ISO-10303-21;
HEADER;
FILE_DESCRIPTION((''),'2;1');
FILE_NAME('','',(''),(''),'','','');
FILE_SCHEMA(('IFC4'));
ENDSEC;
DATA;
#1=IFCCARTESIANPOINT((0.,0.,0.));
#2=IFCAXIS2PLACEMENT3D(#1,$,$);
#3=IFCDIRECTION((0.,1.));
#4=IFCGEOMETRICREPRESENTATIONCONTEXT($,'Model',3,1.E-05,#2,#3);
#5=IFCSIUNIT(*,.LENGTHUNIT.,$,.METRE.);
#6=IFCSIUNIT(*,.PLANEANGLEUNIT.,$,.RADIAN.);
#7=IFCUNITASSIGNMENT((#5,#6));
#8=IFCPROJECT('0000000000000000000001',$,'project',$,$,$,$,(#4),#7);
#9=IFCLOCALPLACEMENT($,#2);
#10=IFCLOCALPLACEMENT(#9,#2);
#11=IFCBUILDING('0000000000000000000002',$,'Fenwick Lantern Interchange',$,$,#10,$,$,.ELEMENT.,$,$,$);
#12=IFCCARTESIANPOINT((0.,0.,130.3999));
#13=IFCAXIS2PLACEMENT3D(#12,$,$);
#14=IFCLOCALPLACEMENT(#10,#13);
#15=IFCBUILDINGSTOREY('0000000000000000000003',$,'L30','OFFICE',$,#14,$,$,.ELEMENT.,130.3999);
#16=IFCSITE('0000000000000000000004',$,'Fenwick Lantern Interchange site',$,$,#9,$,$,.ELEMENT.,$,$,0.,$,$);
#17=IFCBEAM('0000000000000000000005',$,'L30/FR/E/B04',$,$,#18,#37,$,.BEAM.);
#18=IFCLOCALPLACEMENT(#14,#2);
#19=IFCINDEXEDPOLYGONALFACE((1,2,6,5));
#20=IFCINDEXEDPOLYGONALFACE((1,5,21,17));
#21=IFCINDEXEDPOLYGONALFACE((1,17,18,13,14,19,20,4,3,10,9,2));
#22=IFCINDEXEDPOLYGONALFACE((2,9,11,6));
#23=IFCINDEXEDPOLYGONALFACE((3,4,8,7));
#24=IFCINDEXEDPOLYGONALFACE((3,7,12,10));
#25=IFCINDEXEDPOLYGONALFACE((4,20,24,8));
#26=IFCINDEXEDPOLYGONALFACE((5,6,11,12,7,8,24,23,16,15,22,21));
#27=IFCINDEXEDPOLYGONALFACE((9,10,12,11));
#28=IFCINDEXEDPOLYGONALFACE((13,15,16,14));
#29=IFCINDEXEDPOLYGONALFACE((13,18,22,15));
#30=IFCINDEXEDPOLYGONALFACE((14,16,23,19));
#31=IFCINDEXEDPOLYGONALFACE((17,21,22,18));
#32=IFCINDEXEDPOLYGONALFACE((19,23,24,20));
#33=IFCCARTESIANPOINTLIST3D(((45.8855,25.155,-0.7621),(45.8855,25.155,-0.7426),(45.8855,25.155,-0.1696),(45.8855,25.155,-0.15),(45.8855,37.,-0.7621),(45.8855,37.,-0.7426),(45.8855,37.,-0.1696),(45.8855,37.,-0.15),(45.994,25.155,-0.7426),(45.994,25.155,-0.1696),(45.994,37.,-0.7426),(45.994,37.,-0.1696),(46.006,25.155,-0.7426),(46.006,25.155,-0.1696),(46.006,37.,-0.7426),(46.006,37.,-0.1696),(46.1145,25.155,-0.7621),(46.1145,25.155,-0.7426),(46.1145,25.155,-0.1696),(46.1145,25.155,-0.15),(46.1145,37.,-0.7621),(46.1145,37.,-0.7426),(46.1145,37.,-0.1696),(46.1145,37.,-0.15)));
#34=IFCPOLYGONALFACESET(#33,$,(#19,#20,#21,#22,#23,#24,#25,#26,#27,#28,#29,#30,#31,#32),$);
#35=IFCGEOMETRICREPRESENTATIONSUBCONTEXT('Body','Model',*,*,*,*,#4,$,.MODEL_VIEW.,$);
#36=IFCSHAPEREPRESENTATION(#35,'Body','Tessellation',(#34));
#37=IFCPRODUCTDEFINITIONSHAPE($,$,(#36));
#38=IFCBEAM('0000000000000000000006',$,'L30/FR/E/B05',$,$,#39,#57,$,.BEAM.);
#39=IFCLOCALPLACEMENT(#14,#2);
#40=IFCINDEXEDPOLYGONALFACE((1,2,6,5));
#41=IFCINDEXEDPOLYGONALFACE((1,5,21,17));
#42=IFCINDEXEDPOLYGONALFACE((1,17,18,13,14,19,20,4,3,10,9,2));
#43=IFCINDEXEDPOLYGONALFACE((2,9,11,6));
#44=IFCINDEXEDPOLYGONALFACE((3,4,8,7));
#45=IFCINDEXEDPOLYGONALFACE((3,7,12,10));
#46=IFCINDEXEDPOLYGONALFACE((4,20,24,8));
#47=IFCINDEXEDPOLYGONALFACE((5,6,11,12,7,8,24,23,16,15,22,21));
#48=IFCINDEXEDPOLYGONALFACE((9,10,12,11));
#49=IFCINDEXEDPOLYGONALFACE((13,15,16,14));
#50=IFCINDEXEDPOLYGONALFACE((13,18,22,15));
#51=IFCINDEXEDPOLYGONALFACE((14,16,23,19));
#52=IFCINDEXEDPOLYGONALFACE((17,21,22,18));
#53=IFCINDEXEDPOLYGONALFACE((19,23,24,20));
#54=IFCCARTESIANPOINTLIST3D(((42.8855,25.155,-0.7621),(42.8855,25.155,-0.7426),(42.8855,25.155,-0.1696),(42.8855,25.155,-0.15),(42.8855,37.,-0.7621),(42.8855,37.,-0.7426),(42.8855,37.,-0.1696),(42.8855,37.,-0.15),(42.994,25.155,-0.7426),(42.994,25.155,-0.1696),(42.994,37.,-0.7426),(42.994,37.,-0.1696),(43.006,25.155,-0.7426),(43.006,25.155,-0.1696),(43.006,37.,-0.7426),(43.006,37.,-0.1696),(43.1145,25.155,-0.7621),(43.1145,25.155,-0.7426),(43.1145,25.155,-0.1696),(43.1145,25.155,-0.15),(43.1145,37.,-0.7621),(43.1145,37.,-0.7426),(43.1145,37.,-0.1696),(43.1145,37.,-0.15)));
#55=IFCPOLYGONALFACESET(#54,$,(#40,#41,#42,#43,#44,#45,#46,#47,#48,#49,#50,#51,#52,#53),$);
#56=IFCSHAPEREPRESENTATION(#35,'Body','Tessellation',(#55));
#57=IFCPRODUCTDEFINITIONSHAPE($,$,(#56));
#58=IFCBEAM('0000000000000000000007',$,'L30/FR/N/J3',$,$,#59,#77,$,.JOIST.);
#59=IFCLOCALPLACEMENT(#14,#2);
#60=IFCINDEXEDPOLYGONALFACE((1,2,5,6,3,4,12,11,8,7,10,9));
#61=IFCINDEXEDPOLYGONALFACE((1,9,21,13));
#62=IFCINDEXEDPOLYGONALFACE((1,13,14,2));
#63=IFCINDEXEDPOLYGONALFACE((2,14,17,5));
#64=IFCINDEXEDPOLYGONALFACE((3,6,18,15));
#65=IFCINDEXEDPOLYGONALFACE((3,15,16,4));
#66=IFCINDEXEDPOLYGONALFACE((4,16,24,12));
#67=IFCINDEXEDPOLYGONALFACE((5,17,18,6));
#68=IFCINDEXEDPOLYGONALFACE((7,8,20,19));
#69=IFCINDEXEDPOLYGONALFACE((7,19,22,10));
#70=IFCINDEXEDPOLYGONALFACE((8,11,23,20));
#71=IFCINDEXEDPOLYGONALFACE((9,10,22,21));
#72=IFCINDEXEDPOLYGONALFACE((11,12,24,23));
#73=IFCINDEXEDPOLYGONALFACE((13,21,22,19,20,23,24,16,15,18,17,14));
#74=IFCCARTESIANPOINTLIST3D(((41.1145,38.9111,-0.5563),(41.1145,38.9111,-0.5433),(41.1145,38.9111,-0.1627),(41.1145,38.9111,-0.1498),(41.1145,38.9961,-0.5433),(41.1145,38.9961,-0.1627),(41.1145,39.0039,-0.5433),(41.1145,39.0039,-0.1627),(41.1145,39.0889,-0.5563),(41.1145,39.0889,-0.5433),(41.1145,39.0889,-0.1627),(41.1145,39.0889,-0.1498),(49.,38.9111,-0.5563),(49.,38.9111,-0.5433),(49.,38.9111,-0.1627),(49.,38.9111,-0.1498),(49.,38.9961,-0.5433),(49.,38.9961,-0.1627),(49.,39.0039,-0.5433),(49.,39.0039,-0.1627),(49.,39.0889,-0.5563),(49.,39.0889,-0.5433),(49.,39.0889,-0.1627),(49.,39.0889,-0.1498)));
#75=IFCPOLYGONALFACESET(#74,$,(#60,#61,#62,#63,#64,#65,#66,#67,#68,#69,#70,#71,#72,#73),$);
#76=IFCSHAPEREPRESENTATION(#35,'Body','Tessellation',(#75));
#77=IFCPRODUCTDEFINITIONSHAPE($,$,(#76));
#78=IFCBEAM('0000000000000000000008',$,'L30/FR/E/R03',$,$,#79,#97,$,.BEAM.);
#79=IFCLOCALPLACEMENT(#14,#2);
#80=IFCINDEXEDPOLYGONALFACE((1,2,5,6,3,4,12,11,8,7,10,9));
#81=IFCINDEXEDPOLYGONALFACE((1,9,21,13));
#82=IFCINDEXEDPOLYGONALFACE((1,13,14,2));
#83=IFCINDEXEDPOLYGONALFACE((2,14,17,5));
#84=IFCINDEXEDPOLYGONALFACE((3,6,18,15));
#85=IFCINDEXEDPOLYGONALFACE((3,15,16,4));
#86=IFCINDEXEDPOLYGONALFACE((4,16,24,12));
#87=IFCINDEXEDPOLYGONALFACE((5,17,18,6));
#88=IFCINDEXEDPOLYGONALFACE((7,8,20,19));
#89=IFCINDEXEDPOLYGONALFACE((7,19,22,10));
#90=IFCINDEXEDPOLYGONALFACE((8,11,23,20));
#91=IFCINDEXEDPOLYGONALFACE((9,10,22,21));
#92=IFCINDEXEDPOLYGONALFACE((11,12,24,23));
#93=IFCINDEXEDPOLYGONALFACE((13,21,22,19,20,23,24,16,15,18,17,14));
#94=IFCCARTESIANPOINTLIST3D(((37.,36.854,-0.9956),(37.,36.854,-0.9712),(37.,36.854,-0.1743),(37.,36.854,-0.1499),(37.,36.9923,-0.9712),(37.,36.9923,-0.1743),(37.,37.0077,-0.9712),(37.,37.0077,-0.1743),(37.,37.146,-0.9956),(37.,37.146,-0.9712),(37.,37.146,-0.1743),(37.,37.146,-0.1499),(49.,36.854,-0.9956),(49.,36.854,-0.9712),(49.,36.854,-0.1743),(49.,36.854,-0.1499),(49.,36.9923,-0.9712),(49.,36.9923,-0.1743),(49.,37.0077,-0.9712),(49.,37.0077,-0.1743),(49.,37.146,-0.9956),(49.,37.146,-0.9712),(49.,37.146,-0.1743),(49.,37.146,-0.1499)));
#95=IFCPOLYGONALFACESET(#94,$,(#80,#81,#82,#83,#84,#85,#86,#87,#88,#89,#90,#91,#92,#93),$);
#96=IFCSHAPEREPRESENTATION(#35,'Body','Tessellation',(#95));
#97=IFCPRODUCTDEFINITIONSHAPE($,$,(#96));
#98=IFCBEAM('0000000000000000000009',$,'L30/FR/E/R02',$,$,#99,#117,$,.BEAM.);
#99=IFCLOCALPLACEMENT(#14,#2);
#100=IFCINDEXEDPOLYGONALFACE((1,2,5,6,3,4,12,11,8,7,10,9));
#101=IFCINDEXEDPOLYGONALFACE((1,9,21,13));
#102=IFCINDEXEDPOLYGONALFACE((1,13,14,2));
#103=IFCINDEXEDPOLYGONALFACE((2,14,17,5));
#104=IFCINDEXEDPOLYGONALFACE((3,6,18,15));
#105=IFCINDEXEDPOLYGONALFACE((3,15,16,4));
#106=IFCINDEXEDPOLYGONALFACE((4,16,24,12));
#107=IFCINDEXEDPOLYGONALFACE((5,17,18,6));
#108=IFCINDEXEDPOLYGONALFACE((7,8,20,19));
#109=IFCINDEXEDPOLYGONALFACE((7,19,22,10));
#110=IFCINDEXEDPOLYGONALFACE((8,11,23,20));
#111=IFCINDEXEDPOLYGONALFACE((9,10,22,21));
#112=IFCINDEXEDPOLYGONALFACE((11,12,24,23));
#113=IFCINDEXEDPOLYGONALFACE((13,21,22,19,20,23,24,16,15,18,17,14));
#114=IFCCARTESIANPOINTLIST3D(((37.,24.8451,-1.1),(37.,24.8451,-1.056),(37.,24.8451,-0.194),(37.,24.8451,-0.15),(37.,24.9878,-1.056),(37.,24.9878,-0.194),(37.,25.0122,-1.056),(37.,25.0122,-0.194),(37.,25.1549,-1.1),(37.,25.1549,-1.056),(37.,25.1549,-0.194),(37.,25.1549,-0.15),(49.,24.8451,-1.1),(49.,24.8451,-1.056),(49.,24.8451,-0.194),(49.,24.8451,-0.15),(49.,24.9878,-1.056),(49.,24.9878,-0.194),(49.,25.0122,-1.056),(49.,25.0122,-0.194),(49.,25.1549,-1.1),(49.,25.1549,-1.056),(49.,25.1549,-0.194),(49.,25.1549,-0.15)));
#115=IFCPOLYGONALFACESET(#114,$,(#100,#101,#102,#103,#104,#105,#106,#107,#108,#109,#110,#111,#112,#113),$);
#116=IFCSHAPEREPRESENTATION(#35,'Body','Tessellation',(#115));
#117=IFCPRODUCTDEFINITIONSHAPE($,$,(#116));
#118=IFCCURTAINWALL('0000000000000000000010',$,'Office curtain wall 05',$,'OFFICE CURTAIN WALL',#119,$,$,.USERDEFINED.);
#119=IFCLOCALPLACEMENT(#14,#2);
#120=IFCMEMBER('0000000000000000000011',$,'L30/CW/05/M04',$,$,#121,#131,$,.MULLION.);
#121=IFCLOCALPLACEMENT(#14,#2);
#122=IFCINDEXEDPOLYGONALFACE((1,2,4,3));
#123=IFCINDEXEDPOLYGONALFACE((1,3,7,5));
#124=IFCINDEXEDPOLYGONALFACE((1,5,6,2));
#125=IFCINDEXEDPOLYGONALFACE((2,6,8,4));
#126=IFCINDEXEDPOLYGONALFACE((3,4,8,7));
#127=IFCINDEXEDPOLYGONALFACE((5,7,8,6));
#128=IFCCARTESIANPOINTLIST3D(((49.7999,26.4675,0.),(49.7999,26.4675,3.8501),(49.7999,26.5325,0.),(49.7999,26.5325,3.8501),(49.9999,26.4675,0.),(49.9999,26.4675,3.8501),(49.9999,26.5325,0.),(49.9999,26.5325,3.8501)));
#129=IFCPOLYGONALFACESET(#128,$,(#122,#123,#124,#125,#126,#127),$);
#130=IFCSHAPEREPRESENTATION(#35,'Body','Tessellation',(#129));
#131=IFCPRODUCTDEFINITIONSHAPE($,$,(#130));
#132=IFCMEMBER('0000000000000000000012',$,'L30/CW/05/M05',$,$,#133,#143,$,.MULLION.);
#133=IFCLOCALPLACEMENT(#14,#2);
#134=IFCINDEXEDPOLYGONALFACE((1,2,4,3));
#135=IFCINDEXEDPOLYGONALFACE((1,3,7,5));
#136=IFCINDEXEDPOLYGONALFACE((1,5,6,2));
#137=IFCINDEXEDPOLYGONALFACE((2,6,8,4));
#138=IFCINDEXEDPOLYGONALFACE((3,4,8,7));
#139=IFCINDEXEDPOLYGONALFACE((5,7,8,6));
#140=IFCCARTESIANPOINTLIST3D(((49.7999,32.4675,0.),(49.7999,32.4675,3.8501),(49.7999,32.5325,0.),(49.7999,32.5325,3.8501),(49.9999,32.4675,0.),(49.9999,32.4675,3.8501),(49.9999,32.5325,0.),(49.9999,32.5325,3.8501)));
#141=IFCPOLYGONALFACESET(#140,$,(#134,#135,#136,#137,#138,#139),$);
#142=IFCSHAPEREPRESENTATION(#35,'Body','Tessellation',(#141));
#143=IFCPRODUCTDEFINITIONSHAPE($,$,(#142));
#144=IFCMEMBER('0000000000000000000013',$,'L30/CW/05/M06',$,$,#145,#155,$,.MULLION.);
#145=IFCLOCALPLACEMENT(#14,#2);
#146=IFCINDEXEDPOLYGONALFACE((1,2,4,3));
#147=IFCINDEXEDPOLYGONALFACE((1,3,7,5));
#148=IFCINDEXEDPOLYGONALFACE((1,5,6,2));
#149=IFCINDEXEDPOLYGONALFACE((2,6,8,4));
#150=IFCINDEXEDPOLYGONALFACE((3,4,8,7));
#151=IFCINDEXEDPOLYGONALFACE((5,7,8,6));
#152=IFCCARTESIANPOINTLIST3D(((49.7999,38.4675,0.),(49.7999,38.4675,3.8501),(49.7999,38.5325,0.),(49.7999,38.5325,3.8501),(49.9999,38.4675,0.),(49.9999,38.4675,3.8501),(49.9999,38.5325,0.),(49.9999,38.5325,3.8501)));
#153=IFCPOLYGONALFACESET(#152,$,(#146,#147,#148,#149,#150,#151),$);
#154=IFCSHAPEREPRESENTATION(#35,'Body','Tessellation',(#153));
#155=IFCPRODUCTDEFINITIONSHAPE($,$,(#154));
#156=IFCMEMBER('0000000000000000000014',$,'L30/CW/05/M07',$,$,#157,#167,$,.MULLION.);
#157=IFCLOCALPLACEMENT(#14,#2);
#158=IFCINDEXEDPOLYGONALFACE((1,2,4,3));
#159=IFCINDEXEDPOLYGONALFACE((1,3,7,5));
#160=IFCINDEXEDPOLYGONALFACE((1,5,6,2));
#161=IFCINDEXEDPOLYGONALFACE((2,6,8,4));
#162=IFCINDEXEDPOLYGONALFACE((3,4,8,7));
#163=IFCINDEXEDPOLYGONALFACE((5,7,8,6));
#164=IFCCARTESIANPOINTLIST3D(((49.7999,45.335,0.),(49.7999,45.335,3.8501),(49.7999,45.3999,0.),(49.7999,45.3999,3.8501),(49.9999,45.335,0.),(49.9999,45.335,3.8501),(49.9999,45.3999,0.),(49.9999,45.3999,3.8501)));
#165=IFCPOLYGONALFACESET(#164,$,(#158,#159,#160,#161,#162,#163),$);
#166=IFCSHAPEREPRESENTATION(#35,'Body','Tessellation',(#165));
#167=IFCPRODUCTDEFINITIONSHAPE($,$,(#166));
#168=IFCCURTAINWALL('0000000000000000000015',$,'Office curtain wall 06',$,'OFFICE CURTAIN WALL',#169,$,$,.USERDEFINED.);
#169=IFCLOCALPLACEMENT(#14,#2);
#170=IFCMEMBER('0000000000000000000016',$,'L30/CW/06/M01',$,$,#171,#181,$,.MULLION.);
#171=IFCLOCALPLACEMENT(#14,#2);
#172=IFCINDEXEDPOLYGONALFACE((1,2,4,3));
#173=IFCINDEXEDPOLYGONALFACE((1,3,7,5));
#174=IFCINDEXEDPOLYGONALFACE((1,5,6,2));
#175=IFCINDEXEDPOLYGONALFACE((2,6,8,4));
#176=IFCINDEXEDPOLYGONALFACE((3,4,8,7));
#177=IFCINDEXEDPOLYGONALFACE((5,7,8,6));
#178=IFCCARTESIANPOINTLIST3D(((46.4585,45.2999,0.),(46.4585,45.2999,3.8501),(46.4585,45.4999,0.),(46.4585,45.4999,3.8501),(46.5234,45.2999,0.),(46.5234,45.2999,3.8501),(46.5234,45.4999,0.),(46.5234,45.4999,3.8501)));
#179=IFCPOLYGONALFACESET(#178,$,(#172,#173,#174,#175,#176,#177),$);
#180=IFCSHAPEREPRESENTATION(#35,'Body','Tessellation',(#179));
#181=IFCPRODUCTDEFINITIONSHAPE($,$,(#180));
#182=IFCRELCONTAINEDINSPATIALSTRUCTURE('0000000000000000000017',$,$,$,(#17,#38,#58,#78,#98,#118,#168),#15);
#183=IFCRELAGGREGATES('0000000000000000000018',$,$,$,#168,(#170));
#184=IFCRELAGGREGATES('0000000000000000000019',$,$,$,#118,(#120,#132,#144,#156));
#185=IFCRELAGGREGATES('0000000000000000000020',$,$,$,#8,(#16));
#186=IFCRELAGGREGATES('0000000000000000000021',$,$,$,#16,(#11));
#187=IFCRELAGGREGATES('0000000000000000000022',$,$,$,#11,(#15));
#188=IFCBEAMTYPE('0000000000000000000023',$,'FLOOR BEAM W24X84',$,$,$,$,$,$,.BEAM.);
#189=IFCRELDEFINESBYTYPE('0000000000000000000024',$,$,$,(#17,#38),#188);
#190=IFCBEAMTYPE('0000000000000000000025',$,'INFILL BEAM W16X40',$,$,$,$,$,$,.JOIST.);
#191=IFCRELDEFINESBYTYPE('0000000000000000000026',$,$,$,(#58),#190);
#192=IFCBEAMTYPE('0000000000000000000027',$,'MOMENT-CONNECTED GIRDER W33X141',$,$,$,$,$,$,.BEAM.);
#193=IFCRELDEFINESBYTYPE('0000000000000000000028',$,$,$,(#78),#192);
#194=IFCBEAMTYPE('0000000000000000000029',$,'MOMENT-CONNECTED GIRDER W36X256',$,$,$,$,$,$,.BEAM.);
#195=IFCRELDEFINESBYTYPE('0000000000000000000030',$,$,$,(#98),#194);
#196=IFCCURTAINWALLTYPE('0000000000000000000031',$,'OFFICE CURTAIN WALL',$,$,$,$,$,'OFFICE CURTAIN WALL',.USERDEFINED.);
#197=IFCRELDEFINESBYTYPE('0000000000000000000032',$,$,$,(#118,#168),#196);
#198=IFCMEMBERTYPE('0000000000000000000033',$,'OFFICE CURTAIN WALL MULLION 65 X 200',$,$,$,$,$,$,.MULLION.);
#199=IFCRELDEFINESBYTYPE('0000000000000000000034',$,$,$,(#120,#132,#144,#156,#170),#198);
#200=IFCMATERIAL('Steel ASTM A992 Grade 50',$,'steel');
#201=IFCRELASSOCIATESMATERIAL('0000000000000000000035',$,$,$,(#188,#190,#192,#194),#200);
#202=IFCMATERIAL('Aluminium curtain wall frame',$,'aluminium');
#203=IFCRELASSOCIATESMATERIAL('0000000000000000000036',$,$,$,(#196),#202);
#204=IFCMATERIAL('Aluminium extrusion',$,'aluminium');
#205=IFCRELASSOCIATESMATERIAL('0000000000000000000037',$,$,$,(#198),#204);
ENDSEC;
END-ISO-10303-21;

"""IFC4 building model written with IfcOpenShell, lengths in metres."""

from ifc_helpers import new_model, si_unit, direction, frame, origin, origin_2d, place, context, subcontext, project, spatial, rectangle, i_section, extrude, material, material_profile, profile_set, type_object, element, aggregate, save


model = new_model("IFC4")

# Units and contexts
model_context = context("Model", 3, precision=1e-05, world=origin(), true_north=direction((0.0, 1.0)))
body_context = subcontext(model_context, "Body", "Model", "MODEL_VIEW")
ifc_project = project(units=[si_unit("LENGTHUNIT", "METRE"), si_unit("PLANEANGLEUNIT", "RADIAN")], contexts=[model_context])

# Site, building, storey
site_placement = place(None, origin())
site = spatial("IfcSite", under=ifc_project, at=site_placement, Name="Fenwick Lantern Interchange site", CompositionType="ELEMENT", RefElevation=0.0)
building_placement = place(site_placement, origin())
building = spatial("IfcBuilding", under=site, at=building_placement, Name="Fenwick Lantern Interchange", CompositionType="ELEMENT")
storey_placement = place(building_placement, frame((0.0, 0.0, 130.3999)))
storey = spatial("IfcBuildingStorey", under=building, at=storey_placement, Name="L30", Description="OFFICE", CompositionType="ELEMENT", Elevation=130.3999)

# Shared definitions
ifc_material_1 = material(Name="Steel ASTM A992 Grade 50", Category="steel")

# Beams
ifc_material_profile_1 = material_profile(ifc_material_1, i_section(OverallWidth=0.229, OverallDepth=0.6121, WebThickness=0.012, FlangeThickness=0.0195, at=origin_2d()), Name="W24X84")
ifc_profile_set_1 = profile_set([ifc_material_profile_1], Name="Steel ASTM A992 Grade 50")
beam_type_1 = type_object("IfcBeamType", Name="FLOOR BEAM W24X84", PredefinedType="BEAM", material=ifc_profile_set_1)
for number, where, z_axis, x_axis, name in (
    (1, (46.0, 25.155, -0.4561), (0.0, 1.0, 0.0), (-1.0, 0.0, 0.0), "L30/FR/E/B04"),
    (2, (43.0, 25.155, -0.4561), (0.0, 1.0, 0.0), (-1.0, 0.0, 0.0), "L30/FR/E/B05"),
):
    element("IfcBeam", number, at=place(storey_placement, frame(where, z_axis=z_axis, x_axis=x_axis)), inside=storey, type_object=beam_type_1, Name=name, PredefinedType="BEAM", context=body_context, shape_type="SweptSolid", body=[
        extrude(i_section(OverallWidth=0.229, OverallDepth=0.6121, WebThickness=0.012, FlangeThickness=0.0195, at=origin_2d()), origin(), (0.0, 0.0, 1.0), 11.845),
    ])
ifc_material_profile_2 = material_profile(ifc_material_1, i_section(OverallWidth=0.1777, OverallDepth=0.4065, WebThickness=0.0078, FlangeThickness=0.0129, at=origin_2d()), Name="W16X40")
ifc_profile_set_2 = profile_set([ifc_material_profile_2], Name="Steel ASTM A992 Grade 50")
beam_type_2 = type_object("IfcBeamType", Name="INFILL BEAM W16X40", PredefinedType="JOIST", material=ifc_profile_set_2)
beam_1_placement = place(storey_placement, frame((49.0, 39.0, -0.353), z_axis=(-1.0, 0.0, 0.0), x_axis=(0.0, -1.0, 0.0)))
element("IfcBeam", 3, at=beam_1_placement, inside=storey, type_object=beam_type_2, Name="L30/FR/N/J3", PredefinedType="JOIST", context=body_context, shape_type="SweptSolid", body=[
    extrude(i_section(OverallWidth=0.1777, OverallDepth=0.4065, WebThickness=0.0078, FlangeThickness=0.0129, at=origin_2d()), origin(), (0.0, 0.0, 1.0), 7.8855),
])
ifc_material_profile_3 = material_profile(ifc_material_1, i_section(OverallWidth=0.292, OverallDepth=0.8457, WebThickness=0.0154, FlangeThickness=0.0244, at=origin_2d()), Name="W33X141")
ifc_profile_set_3 = profile_set([ifc_material_profile_3], Name="Steel ASTM A992 Grade 50")
beam_type_3 = type_object("IfcBeamType", Name="MOMENT-CONNECTED GIRDER W33X141", PredefinedType="BEAM", material=ifc_profile_set_3)
beam_2_placement = place(storey_placement, frame((49.0, 37.0, -0.5728), z_axis=(-1.0, 0.0, 0.0), x_axis=(0.0, -1.0, 0.0)))
element("IfcBeam", 4, at=beam_2_placement, inside=storey, type_object=beam_type_3, Name="L30/FR/E/R03", PredefinedType="BEAM", context=body_context, shape_type="SweptSolid", body=[
    extrude(i_section(OverallWidth=0.292, OverallDepth=0.8457, WebThickness=0.0154, FlangeThickness=0.0244, at=origin_2d()), origin(), (0.0, 0.0, 1.0), 12.0),
])
ifc_material_profile_4 = material_profile(ifc_material_1, i_section(OverallWidth=0.3098, OverallDepth=0.95, WebThickness=0.0244, FlangeThickness=0.0439, at=origin_2d()), Name="W36X256")
ifc_profile_set_4 = profile_set([ifc_material_profile_4], Name="Steel ASTM A992 Grade 50")
beam_type_4 = type_object("IfcBeamType", Name="MOMENT-CONNECTED GIRDER W36X256", PredefinedType="BEAM", material=ifc_profile_set_4)
beam_3_placement = place(storey_placement, frame((49.0, 25.0, -0.625), z_axis=(-1.0, 0.0, 0.0), x_axis=(0.0, -1.0, 0.0)))
element("IfcBeam", 5, at=beam_3_placement, inside=storey, type_object=beam_type_4, Name="L30/FR/E/R02", PredefinedType="BEAM", context=body_context, shape_type="SweptSolid", body=[
    extrude(i_section(OverallWidth=0.3098, OverallDepth=0.95, WebThickness=0.0244, FlangeThickness=0.0439, at=origin_2d()), origin(), (0.0, 0.0, 1.0), 12.0),
])

# Curtain wall, members
ifc_material_2 = material(Name="Aluminium curtain wall frame", Category="aluminium")
curtain_wall_type = type_object("IfcCurtainWallType", Name="OFFICE CURTAIN WALL", ElementType="OFFICE CURTAIN WALL", PredefinedType="USERDEFINED", material=ifc_material_2)
curtain_wall_1_placement = place(storey_placement, origin())
curtain_wall_1 = element("IfcCurtainWall", 6, at=curtain_wall_1_placement, inside=storey, type_object=curtain_wall_type, Name="Office curtain wall 05", ObjectType="OFFICE CURTAIN WALL", PredefinedType="USERDEFINED")
ifc_material_3 = material(Name="Aluminium extrusion", Category="aluminium")
ifc_material_profile_5 = material_profile(ifc_material_3, rectangle(XDim=0.2, YDim=0.0649, at=origin_2d()), Name="OFFICE CURTAIN WALL MULLION 65 X 200")
ifc_profile_set_5 = profile_set([ifc_material_profile_5], Name="Aluminium extrusion")
member_type_1 = type_object("IfcMemberType", Name="OFFICE CURTAIN WALL MULLION 65 X 200", PredefinedType="MULLION", material=ifc_profile_set_5)
member_1_placement = place(storey_placement, frame((49.8999, 26.5, 0.0), z_axis=(0.0, 0.0, 1.0), x_axis=(-1.0, 0.0, 0.0)))
member_1 = element("IfcMember", 7, at=member_1_placement, type_object=member_type_1, Name="L30/CW/05/M04", PredefinedType="MULLION", context=body_context, shape_type="SweptSolid", body=[
    extrude(rectangle(XDim=0.2, YDim=0.0649, at=origin_2d()), origin(), (0.0, 0.0, 1.0), 3.8501),
])
member_2_placement = place(storey_placement, frame((49.8999, 32.5, 0.0), z_axis=(0.0, 0.0, 1.0), x_axis=(-1.0, 0.0, 0.0)))
member_2 = element("IfcMember", 8, at=member_2_placement, type_object=member_type_1, Name="L30/CW/05/M05", PredefinedType="MULLION", context=body_context, shape_type="SweptSolid", body=[
    extrude(rectangle(XDim=0.2, YDim=0.0649, at=origin_2d()), origin(), (0.0, 0.0, 1.0), 3.8501),
])
member_3_placement = place(storey_placement, frame((49.8999, 38.5, 0.0), z_axis=(0.0, 0.0, 1.0), x_axis=(-1.0, 0.0, 0.0)))
member_3 = element("IfcMember", 9, at=member_3_placement, type_object=member_type_1, Name="L30/CW/05/M06", PredefinedType="MULLION", context=body_context, shape_type="SweptSolid", body=[
    extrude(rectangle(XDim=0.2, YDim=0.0649, at=origin_2d()), origin(), (0.0, 0.0, 1.0), 3.8501),
])
member_4_placement = place(storey_placement, frame((49.8999, 45.3674, 0.0), z_axis=(0.0, 0.0, 1.0), x_axis=(-1.0, 0.0, 0.0)))
member_4 = element("IfcMember", 10, at=member_4_placement, type_object=member_type_1, Name="L30/CW/05/M07", PredefinedType="MULLION", context=body_context, shape_type="SweptSolid", body=[
    extrude(rectangle(XDim=0.2, YDim=0.0649, at=origin_2d()), origin(), (0.0, 0.0, 1.0), 3.8501),
])

# Curtain wall, member
curtain_wall_2_placement = place(storey_placement, origin())
curtain_wall_2 = element("IfcCurtainWall", 11, at=curtain_wall_2_placement, inside=storey, type_object=curtain_wall_type, Name="Office curtain wall 06", ObjectType="OFFICE CURTAIN WALL", PredefinedType="USERDEFINED")
member_5_placement = place(storey_placement, frame((46.491, 45.3999, 0.0), z_axis=(0.0, 0.0, 1.0), x_axis=(0.0, -1.0, 0.0)))
member_5 = element("IfcMember", 12, at=member_5_placement, type_object=member_type_1, Name="L30/CW/06/M01", PredefinedType="MULLION", context=body_context, shape_type="SweptSolid", body=[
    extrude(rectangle(XDim=0.2, YDim=0.0649, at=origin_2d()), origin(), (0.0, 0.0, 1.0), 3.8501),
])
aggregate(curtain_wall_2, [member_5])

aggregate(curtain_wall_1, [member_1, member_2, member_3, member_4])

save(model, "model.ifc")
